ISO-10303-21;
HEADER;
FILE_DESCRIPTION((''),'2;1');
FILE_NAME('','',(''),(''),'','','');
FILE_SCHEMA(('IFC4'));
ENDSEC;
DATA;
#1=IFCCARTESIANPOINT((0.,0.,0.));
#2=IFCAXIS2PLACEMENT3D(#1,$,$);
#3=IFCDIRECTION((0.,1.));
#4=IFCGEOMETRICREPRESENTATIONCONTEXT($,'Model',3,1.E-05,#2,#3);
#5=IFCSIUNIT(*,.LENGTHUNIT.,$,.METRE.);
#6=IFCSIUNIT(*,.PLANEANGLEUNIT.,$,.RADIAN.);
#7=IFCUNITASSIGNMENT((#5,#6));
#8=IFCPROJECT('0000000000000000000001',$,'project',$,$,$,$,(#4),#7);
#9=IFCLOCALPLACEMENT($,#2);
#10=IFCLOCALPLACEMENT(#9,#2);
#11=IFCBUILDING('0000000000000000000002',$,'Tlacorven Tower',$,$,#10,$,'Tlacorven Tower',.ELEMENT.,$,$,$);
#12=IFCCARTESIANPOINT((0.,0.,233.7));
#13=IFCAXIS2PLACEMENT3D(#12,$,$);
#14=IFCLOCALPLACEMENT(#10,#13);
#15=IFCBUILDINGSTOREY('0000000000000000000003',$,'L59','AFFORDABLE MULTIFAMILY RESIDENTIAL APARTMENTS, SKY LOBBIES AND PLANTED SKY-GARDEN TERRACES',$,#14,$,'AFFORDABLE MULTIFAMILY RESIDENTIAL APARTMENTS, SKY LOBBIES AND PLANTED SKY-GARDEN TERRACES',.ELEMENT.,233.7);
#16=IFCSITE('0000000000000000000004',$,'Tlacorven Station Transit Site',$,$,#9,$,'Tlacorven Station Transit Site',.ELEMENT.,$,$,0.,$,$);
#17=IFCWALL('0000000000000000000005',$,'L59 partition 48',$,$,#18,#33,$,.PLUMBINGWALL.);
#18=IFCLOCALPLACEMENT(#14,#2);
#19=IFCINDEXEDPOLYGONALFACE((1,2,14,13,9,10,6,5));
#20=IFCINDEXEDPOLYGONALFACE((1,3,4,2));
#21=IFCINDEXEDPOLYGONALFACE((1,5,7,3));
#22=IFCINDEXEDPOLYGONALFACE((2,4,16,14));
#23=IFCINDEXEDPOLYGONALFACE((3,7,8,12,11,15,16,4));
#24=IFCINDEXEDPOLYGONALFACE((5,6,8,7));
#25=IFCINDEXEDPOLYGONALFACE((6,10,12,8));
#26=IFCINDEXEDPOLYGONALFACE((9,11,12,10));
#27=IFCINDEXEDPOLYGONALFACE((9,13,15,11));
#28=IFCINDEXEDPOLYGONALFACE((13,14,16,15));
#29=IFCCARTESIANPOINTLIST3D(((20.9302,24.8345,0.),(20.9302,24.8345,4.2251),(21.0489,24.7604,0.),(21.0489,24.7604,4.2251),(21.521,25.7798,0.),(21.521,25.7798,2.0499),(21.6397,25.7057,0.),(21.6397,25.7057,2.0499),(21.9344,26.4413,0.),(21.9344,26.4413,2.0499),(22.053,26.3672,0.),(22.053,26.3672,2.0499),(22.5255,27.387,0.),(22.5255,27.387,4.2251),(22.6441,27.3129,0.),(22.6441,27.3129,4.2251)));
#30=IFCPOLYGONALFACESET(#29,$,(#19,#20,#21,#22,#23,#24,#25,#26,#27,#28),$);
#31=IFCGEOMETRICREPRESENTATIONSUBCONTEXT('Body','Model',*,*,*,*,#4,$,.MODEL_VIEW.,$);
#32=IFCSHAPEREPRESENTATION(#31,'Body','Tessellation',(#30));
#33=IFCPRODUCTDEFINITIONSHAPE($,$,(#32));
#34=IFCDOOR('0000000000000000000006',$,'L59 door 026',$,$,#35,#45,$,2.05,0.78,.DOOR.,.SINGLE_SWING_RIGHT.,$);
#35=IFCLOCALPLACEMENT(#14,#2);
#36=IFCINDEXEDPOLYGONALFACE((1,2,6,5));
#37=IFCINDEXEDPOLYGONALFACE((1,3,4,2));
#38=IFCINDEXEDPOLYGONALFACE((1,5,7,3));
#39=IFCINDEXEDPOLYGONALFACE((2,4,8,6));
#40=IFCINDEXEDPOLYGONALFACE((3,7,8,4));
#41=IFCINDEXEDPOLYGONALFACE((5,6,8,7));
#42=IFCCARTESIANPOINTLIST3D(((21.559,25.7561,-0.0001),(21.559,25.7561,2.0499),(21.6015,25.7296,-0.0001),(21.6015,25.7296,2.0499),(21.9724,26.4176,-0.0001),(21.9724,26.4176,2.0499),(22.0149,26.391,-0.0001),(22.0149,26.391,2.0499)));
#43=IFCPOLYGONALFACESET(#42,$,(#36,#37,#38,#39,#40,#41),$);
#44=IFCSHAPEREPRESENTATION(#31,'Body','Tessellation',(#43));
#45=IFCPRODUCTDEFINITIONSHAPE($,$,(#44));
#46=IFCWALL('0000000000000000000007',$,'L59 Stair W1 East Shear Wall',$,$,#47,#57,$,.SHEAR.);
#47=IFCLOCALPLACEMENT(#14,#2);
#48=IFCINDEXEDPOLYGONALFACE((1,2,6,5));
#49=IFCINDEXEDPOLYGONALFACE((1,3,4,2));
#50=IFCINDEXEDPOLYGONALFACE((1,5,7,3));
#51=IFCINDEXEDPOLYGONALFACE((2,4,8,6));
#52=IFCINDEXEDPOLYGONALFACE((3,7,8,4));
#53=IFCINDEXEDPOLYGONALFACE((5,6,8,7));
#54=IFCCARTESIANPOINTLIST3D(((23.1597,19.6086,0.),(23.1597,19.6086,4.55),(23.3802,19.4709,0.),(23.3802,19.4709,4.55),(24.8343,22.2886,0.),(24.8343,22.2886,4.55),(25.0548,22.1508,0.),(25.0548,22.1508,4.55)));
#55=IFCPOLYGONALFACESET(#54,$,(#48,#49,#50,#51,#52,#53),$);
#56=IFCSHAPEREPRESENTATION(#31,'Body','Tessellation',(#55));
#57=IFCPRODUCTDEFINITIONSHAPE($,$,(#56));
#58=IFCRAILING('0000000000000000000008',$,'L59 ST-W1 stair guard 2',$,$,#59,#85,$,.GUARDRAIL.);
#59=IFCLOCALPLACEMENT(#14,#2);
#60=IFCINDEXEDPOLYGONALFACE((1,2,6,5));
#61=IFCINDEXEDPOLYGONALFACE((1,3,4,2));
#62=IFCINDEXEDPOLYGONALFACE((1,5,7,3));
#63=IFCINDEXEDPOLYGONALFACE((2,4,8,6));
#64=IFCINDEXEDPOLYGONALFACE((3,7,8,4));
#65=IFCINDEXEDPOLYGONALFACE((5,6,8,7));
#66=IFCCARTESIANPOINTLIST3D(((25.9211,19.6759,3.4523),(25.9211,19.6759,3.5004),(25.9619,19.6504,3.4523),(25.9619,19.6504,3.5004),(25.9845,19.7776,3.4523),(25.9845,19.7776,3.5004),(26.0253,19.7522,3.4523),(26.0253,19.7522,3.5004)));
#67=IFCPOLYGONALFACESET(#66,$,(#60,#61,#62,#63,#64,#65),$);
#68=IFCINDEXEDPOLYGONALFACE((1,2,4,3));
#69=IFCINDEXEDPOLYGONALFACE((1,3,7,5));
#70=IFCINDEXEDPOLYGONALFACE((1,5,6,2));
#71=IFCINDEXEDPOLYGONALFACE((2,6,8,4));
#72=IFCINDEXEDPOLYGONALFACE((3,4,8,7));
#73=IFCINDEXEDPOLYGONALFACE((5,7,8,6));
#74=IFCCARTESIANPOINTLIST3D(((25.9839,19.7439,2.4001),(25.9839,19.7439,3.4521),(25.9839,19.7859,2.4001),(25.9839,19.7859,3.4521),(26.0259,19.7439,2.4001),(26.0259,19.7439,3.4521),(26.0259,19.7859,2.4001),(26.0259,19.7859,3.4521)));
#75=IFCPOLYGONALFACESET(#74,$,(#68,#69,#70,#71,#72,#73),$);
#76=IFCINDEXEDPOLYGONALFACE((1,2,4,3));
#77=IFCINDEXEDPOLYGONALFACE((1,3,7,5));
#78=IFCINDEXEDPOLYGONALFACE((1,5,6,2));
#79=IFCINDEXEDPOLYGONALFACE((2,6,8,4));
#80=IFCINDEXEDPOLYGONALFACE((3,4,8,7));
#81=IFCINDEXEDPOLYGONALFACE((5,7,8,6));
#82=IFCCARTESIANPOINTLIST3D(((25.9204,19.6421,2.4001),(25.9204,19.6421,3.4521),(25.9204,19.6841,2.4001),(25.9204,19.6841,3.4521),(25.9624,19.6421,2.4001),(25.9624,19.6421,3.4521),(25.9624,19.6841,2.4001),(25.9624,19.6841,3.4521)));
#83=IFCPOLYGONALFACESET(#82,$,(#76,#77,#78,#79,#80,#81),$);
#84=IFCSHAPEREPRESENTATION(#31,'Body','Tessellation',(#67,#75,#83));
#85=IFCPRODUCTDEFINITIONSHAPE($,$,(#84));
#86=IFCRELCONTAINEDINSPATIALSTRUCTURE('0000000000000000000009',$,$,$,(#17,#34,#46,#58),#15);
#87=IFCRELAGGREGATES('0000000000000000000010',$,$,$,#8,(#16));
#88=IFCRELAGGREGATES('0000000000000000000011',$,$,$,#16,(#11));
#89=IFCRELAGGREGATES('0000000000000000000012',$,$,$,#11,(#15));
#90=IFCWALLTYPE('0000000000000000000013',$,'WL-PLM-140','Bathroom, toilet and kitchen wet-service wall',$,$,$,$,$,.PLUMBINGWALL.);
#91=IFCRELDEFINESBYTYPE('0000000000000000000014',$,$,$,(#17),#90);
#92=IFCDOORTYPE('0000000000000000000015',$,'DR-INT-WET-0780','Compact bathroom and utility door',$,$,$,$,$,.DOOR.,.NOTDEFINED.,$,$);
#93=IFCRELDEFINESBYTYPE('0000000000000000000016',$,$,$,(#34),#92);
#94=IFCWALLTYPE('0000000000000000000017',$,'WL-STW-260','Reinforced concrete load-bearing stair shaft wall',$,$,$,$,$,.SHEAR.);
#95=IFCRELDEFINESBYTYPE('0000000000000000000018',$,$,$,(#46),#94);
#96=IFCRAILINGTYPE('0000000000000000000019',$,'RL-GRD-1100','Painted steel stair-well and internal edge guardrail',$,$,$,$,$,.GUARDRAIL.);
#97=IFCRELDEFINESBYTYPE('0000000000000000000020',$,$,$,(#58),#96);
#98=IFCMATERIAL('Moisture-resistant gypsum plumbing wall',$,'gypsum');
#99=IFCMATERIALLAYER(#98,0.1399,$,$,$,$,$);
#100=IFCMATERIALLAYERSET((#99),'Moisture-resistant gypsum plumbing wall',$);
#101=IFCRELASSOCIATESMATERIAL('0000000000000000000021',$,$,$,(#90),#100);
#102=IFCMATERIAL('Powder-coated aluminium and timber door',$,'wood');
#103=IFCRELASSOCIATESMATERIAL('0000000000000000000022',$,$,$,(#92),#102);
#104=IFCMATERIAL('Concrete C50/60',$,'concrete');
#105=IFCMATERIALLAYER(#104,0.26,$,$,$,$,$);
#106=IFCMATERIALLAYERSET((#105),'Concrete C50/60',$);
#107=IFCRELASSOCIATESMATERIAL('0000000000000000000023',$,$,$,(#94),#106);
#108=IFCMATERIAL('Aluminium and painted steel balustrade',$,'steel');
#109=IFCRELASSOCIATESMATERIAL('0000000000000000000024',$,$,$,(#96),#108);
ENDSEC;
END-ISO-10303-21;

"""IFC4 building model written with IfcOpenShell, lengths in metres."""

from ifc_helpers import new_model, si_unit, direction, frame, frame_2d, origin, origin_2d, place, context, subcontext, project, spatial, rectangle, extrude, source, transform, mapped, material, layer, layer_set, type_object, element, fill, save


model = new_model("IFC4")

# Units and contexts
model_context = context("Model", 3, precision=1e-05, world=origin(), true_north=direction((0.0, 1.0)))
body_context = subcontext(model_context, "Body", "Model", "MODEL_VIEW")
ifc_project = project(units=[si_unit("LENGTHUNIT", "METRE"), si_unit("PLANEANGLEUNIT", "RADIAN")], contexts=[model_context])

# Site, building, storey
site_placement = place(None, origin())
site = spatial("IfcSite", under=ifc_project, at=site_placement, Name="Tlacorven Station Transit Site", LongName="Tlacorven Station Transit Site", CompositionType="ELEMENT", RefElevation=0.0)
building_placement = place(site_placement, origin())
building = spatial("IfcBuilding", under=site, at=building_placement, Name="Tlacorven Tower", LongName="Tlacorven Tower", CompositionType="ELEMENT")
storey_placement = place(building_placement, frame((0.0, 0.0, 233.7)))
storey = spatial("IfcBuildingStorey", under=building, at=storey_placement, Name="L59", Description="AFFORDABLE MULTIFAMILY RESIDENTIAL APARTMENTS, SKY LOBBIES AND PLANTED SKY-GARDEN TERRACES", LongName="AFFORDABLE MULTIFAMILY RESIDENTIAL APARTMENTS, SKY LOBBIES AND PLANTED SKY-GARDEN TERRACES", CompositionType="ELEMENT", Elevation=233.7)

# Shared definitions
ifc_material_1 = material(Name="Concrete C50/60", Category="concrete")

# Wall, opening, door
ifc_material_2 = material(Name="Moisture-resistant gypsum plumbing wall", Category="gypsum")
ifc_layer_1 = layer(ifc_material_2, 0.1399)
ifc_layer_set_1 = layer_set([ifc_layer_1], Name="Moisture-resistant gypsum plumbing wall")
wall_type_1 = type_object("IfcWallType", Name="WL-PLM-140", Description="Bathroom, toilet and kitchen wet-service wall", PredefinedType="PLUMBINGWALL", material=ifc_layer_set_1)
ifc_material_3 = material(Name="Powder-coated aluminium and timber door", Category="wood")
wall_1_placement = place(storey_placement, frame((22.5847, 27.3499, 0.0), z_axis=(0.0, 0.0, 1.0), x_axis=(-0.529977, -0.848012, 0.0)))
wall_1 = element("IfcWall", 1, at=wall_1_placement, inside=storey, type_object=wall_type_1, Name="L59 partition 48", PredefinedType="PLUMBINGWALL", context=body_context, shape_type="SweptSolid", body=[
    extrude(rectangle(XDim=3.01, YDim=0.1399, at=frame_2d((1.5049, 0.0))), origin(), (0.0, 0.0, 1.0), 4.2251),
])
opening_1_placement = place(wall_1_placement, frame((1.115, 0.0, 0.0)))
opening_1 = element("IfcOpeningElement", 2, at=opening_1_placement, cuts=wall_1, PredefinedType="OPENING", context=body_context, shape_type="SweptSolid", body=[
    extrude(rectangle(XDim=0.78, YDim=2.05, at=frame_2d((0.3901, 1.0249))), frame((0.0, 0.0801, 0.0), z_axis=(0.0, -1.0, 0.0), x_axis=(1.0, 0.0, 0.0)), (0.0, 0.0, 1.0), 0.1599),
])
door_type_1 = type_object("IfcDoorType", Name="DR-INT-WET-0780", Description="Compact bathroom and utility door", OperationType="NOTDEFINED", PredefinedType="DOOR", material=ifc_material_3)
shared_shape_1 = source(origin(), body_context, "Body", "SweptSolid", [
    extrude(rectangle(XDim=0.78, YDim=2.05, at=frame_2d((0.3901, 1.0249))), frame((0.0, 0.0249, 0.0), z_axis=(0.0, -1.0, 0.0), x_axis=(1.0, 0.0, 0.0)), (0.0, 0.0, 1.0), 0.05),
])
door_1_placement = place(opening_1_placement, origin())
door_1 = element("IfcDoor", 3, at=door_1_placement, inside=storey, type_object=door_type_1, Name="L59 door 026", OperationType="SINGLE_SWING_RIGHT", OverallHeight=2.05, OverallWidth=0.78, PredefinedType="DOOR", context=body_context, shape_type="MappedRepresentation", body=[
    mapped(shared_shape_1, transform((0.0, 0.0, 0.0), scale=1.0)),
])
fill(opening_1, door_1)

# Wall
ifc_layer_2 = layer(ifc_material_1, 0.26)
ifc_layer_set_2 = layer_set([ifc_layer_2], Name="Concrete C50/60")
wall_type_2 = type_object("IfcWallType", Name="WL-STW-260", Description="Reinforced concrete load-bearing stair shaft wall", PredefinedType="SHEAR", material=ifc_layer_set_2)
wall_2_placement = place(storey_placement, frame((24.9446, 22.2197, 0.0), z_axis=(0.0, 0.0, 1.0), x_axis=(-0.529909, -0.848055, 0.0)))
element("IfcWall", 4, at=wall_2_placement, inside=storey, type_object=wall_type_2, Name="L59 Stair W1 East Shear Wall", PredefinedType="SHEAR", context=body_context, shape_type="SweptSolid", body=[
    extrude(rectangle(XDim=3.1602, YDim=0.26, at=frame_2d((1.5801, 0.0))), origin(), (0.0, 0.0, 1.0), 4.55),
])

# Railing
ifc_material_4 = material(Name="Aluminium and painted steel balustrade", Category="steel")
railing_type = type_object("IfcRailingType", Name="RL-GRD-1100", Description="Painted steel stair-well and internal edge guardrail", PredefinedType="GUARDRAIL", material=ifc_material_4)
shared_shape_2 = source(origin(), body_context, "Body", "SweptSolid", [
    extrude(rectangle(XDim=0.0481, YDim=0.0481, at=origin_2d()), frame((0.0, 0.0, 1.0762), z_axis=(-0.529084, -0.848569, 0.0), x_axis=(0.848569, -0.529084, 0.0)), (0.0, 0.0, 1.0), 0.1199),
    extrude(rectangle(XDim=0.042, YDim=0.042, at=origin_2d()), origin(), (0.0, 0.0, 1.0), 1.052),
    extrude(rectangle(XDim=0.042, YDim=0.042, at=origin_2d()), frame((-0.0635, -0.1018, 0.0)), (0.0, 0.0, 1.0), 1.052),
])
railing_placement = place(storey_placement, frame((26.0049, 19.7649, 2.4001)))
element("IfcRailing", 5, at=railing_placement, inside=storey, type_object=railing_type, Name="L59 ST-W1 stair guard 2", PredefinedType="GUARDRAIL", context=body_context, shape_type="MappedRepresentation", body=[
    mapped(shared_shape_2, transform((0.0, 0.0, 0.0), scale=1.0)),
])

save(model, "model.ifc")
